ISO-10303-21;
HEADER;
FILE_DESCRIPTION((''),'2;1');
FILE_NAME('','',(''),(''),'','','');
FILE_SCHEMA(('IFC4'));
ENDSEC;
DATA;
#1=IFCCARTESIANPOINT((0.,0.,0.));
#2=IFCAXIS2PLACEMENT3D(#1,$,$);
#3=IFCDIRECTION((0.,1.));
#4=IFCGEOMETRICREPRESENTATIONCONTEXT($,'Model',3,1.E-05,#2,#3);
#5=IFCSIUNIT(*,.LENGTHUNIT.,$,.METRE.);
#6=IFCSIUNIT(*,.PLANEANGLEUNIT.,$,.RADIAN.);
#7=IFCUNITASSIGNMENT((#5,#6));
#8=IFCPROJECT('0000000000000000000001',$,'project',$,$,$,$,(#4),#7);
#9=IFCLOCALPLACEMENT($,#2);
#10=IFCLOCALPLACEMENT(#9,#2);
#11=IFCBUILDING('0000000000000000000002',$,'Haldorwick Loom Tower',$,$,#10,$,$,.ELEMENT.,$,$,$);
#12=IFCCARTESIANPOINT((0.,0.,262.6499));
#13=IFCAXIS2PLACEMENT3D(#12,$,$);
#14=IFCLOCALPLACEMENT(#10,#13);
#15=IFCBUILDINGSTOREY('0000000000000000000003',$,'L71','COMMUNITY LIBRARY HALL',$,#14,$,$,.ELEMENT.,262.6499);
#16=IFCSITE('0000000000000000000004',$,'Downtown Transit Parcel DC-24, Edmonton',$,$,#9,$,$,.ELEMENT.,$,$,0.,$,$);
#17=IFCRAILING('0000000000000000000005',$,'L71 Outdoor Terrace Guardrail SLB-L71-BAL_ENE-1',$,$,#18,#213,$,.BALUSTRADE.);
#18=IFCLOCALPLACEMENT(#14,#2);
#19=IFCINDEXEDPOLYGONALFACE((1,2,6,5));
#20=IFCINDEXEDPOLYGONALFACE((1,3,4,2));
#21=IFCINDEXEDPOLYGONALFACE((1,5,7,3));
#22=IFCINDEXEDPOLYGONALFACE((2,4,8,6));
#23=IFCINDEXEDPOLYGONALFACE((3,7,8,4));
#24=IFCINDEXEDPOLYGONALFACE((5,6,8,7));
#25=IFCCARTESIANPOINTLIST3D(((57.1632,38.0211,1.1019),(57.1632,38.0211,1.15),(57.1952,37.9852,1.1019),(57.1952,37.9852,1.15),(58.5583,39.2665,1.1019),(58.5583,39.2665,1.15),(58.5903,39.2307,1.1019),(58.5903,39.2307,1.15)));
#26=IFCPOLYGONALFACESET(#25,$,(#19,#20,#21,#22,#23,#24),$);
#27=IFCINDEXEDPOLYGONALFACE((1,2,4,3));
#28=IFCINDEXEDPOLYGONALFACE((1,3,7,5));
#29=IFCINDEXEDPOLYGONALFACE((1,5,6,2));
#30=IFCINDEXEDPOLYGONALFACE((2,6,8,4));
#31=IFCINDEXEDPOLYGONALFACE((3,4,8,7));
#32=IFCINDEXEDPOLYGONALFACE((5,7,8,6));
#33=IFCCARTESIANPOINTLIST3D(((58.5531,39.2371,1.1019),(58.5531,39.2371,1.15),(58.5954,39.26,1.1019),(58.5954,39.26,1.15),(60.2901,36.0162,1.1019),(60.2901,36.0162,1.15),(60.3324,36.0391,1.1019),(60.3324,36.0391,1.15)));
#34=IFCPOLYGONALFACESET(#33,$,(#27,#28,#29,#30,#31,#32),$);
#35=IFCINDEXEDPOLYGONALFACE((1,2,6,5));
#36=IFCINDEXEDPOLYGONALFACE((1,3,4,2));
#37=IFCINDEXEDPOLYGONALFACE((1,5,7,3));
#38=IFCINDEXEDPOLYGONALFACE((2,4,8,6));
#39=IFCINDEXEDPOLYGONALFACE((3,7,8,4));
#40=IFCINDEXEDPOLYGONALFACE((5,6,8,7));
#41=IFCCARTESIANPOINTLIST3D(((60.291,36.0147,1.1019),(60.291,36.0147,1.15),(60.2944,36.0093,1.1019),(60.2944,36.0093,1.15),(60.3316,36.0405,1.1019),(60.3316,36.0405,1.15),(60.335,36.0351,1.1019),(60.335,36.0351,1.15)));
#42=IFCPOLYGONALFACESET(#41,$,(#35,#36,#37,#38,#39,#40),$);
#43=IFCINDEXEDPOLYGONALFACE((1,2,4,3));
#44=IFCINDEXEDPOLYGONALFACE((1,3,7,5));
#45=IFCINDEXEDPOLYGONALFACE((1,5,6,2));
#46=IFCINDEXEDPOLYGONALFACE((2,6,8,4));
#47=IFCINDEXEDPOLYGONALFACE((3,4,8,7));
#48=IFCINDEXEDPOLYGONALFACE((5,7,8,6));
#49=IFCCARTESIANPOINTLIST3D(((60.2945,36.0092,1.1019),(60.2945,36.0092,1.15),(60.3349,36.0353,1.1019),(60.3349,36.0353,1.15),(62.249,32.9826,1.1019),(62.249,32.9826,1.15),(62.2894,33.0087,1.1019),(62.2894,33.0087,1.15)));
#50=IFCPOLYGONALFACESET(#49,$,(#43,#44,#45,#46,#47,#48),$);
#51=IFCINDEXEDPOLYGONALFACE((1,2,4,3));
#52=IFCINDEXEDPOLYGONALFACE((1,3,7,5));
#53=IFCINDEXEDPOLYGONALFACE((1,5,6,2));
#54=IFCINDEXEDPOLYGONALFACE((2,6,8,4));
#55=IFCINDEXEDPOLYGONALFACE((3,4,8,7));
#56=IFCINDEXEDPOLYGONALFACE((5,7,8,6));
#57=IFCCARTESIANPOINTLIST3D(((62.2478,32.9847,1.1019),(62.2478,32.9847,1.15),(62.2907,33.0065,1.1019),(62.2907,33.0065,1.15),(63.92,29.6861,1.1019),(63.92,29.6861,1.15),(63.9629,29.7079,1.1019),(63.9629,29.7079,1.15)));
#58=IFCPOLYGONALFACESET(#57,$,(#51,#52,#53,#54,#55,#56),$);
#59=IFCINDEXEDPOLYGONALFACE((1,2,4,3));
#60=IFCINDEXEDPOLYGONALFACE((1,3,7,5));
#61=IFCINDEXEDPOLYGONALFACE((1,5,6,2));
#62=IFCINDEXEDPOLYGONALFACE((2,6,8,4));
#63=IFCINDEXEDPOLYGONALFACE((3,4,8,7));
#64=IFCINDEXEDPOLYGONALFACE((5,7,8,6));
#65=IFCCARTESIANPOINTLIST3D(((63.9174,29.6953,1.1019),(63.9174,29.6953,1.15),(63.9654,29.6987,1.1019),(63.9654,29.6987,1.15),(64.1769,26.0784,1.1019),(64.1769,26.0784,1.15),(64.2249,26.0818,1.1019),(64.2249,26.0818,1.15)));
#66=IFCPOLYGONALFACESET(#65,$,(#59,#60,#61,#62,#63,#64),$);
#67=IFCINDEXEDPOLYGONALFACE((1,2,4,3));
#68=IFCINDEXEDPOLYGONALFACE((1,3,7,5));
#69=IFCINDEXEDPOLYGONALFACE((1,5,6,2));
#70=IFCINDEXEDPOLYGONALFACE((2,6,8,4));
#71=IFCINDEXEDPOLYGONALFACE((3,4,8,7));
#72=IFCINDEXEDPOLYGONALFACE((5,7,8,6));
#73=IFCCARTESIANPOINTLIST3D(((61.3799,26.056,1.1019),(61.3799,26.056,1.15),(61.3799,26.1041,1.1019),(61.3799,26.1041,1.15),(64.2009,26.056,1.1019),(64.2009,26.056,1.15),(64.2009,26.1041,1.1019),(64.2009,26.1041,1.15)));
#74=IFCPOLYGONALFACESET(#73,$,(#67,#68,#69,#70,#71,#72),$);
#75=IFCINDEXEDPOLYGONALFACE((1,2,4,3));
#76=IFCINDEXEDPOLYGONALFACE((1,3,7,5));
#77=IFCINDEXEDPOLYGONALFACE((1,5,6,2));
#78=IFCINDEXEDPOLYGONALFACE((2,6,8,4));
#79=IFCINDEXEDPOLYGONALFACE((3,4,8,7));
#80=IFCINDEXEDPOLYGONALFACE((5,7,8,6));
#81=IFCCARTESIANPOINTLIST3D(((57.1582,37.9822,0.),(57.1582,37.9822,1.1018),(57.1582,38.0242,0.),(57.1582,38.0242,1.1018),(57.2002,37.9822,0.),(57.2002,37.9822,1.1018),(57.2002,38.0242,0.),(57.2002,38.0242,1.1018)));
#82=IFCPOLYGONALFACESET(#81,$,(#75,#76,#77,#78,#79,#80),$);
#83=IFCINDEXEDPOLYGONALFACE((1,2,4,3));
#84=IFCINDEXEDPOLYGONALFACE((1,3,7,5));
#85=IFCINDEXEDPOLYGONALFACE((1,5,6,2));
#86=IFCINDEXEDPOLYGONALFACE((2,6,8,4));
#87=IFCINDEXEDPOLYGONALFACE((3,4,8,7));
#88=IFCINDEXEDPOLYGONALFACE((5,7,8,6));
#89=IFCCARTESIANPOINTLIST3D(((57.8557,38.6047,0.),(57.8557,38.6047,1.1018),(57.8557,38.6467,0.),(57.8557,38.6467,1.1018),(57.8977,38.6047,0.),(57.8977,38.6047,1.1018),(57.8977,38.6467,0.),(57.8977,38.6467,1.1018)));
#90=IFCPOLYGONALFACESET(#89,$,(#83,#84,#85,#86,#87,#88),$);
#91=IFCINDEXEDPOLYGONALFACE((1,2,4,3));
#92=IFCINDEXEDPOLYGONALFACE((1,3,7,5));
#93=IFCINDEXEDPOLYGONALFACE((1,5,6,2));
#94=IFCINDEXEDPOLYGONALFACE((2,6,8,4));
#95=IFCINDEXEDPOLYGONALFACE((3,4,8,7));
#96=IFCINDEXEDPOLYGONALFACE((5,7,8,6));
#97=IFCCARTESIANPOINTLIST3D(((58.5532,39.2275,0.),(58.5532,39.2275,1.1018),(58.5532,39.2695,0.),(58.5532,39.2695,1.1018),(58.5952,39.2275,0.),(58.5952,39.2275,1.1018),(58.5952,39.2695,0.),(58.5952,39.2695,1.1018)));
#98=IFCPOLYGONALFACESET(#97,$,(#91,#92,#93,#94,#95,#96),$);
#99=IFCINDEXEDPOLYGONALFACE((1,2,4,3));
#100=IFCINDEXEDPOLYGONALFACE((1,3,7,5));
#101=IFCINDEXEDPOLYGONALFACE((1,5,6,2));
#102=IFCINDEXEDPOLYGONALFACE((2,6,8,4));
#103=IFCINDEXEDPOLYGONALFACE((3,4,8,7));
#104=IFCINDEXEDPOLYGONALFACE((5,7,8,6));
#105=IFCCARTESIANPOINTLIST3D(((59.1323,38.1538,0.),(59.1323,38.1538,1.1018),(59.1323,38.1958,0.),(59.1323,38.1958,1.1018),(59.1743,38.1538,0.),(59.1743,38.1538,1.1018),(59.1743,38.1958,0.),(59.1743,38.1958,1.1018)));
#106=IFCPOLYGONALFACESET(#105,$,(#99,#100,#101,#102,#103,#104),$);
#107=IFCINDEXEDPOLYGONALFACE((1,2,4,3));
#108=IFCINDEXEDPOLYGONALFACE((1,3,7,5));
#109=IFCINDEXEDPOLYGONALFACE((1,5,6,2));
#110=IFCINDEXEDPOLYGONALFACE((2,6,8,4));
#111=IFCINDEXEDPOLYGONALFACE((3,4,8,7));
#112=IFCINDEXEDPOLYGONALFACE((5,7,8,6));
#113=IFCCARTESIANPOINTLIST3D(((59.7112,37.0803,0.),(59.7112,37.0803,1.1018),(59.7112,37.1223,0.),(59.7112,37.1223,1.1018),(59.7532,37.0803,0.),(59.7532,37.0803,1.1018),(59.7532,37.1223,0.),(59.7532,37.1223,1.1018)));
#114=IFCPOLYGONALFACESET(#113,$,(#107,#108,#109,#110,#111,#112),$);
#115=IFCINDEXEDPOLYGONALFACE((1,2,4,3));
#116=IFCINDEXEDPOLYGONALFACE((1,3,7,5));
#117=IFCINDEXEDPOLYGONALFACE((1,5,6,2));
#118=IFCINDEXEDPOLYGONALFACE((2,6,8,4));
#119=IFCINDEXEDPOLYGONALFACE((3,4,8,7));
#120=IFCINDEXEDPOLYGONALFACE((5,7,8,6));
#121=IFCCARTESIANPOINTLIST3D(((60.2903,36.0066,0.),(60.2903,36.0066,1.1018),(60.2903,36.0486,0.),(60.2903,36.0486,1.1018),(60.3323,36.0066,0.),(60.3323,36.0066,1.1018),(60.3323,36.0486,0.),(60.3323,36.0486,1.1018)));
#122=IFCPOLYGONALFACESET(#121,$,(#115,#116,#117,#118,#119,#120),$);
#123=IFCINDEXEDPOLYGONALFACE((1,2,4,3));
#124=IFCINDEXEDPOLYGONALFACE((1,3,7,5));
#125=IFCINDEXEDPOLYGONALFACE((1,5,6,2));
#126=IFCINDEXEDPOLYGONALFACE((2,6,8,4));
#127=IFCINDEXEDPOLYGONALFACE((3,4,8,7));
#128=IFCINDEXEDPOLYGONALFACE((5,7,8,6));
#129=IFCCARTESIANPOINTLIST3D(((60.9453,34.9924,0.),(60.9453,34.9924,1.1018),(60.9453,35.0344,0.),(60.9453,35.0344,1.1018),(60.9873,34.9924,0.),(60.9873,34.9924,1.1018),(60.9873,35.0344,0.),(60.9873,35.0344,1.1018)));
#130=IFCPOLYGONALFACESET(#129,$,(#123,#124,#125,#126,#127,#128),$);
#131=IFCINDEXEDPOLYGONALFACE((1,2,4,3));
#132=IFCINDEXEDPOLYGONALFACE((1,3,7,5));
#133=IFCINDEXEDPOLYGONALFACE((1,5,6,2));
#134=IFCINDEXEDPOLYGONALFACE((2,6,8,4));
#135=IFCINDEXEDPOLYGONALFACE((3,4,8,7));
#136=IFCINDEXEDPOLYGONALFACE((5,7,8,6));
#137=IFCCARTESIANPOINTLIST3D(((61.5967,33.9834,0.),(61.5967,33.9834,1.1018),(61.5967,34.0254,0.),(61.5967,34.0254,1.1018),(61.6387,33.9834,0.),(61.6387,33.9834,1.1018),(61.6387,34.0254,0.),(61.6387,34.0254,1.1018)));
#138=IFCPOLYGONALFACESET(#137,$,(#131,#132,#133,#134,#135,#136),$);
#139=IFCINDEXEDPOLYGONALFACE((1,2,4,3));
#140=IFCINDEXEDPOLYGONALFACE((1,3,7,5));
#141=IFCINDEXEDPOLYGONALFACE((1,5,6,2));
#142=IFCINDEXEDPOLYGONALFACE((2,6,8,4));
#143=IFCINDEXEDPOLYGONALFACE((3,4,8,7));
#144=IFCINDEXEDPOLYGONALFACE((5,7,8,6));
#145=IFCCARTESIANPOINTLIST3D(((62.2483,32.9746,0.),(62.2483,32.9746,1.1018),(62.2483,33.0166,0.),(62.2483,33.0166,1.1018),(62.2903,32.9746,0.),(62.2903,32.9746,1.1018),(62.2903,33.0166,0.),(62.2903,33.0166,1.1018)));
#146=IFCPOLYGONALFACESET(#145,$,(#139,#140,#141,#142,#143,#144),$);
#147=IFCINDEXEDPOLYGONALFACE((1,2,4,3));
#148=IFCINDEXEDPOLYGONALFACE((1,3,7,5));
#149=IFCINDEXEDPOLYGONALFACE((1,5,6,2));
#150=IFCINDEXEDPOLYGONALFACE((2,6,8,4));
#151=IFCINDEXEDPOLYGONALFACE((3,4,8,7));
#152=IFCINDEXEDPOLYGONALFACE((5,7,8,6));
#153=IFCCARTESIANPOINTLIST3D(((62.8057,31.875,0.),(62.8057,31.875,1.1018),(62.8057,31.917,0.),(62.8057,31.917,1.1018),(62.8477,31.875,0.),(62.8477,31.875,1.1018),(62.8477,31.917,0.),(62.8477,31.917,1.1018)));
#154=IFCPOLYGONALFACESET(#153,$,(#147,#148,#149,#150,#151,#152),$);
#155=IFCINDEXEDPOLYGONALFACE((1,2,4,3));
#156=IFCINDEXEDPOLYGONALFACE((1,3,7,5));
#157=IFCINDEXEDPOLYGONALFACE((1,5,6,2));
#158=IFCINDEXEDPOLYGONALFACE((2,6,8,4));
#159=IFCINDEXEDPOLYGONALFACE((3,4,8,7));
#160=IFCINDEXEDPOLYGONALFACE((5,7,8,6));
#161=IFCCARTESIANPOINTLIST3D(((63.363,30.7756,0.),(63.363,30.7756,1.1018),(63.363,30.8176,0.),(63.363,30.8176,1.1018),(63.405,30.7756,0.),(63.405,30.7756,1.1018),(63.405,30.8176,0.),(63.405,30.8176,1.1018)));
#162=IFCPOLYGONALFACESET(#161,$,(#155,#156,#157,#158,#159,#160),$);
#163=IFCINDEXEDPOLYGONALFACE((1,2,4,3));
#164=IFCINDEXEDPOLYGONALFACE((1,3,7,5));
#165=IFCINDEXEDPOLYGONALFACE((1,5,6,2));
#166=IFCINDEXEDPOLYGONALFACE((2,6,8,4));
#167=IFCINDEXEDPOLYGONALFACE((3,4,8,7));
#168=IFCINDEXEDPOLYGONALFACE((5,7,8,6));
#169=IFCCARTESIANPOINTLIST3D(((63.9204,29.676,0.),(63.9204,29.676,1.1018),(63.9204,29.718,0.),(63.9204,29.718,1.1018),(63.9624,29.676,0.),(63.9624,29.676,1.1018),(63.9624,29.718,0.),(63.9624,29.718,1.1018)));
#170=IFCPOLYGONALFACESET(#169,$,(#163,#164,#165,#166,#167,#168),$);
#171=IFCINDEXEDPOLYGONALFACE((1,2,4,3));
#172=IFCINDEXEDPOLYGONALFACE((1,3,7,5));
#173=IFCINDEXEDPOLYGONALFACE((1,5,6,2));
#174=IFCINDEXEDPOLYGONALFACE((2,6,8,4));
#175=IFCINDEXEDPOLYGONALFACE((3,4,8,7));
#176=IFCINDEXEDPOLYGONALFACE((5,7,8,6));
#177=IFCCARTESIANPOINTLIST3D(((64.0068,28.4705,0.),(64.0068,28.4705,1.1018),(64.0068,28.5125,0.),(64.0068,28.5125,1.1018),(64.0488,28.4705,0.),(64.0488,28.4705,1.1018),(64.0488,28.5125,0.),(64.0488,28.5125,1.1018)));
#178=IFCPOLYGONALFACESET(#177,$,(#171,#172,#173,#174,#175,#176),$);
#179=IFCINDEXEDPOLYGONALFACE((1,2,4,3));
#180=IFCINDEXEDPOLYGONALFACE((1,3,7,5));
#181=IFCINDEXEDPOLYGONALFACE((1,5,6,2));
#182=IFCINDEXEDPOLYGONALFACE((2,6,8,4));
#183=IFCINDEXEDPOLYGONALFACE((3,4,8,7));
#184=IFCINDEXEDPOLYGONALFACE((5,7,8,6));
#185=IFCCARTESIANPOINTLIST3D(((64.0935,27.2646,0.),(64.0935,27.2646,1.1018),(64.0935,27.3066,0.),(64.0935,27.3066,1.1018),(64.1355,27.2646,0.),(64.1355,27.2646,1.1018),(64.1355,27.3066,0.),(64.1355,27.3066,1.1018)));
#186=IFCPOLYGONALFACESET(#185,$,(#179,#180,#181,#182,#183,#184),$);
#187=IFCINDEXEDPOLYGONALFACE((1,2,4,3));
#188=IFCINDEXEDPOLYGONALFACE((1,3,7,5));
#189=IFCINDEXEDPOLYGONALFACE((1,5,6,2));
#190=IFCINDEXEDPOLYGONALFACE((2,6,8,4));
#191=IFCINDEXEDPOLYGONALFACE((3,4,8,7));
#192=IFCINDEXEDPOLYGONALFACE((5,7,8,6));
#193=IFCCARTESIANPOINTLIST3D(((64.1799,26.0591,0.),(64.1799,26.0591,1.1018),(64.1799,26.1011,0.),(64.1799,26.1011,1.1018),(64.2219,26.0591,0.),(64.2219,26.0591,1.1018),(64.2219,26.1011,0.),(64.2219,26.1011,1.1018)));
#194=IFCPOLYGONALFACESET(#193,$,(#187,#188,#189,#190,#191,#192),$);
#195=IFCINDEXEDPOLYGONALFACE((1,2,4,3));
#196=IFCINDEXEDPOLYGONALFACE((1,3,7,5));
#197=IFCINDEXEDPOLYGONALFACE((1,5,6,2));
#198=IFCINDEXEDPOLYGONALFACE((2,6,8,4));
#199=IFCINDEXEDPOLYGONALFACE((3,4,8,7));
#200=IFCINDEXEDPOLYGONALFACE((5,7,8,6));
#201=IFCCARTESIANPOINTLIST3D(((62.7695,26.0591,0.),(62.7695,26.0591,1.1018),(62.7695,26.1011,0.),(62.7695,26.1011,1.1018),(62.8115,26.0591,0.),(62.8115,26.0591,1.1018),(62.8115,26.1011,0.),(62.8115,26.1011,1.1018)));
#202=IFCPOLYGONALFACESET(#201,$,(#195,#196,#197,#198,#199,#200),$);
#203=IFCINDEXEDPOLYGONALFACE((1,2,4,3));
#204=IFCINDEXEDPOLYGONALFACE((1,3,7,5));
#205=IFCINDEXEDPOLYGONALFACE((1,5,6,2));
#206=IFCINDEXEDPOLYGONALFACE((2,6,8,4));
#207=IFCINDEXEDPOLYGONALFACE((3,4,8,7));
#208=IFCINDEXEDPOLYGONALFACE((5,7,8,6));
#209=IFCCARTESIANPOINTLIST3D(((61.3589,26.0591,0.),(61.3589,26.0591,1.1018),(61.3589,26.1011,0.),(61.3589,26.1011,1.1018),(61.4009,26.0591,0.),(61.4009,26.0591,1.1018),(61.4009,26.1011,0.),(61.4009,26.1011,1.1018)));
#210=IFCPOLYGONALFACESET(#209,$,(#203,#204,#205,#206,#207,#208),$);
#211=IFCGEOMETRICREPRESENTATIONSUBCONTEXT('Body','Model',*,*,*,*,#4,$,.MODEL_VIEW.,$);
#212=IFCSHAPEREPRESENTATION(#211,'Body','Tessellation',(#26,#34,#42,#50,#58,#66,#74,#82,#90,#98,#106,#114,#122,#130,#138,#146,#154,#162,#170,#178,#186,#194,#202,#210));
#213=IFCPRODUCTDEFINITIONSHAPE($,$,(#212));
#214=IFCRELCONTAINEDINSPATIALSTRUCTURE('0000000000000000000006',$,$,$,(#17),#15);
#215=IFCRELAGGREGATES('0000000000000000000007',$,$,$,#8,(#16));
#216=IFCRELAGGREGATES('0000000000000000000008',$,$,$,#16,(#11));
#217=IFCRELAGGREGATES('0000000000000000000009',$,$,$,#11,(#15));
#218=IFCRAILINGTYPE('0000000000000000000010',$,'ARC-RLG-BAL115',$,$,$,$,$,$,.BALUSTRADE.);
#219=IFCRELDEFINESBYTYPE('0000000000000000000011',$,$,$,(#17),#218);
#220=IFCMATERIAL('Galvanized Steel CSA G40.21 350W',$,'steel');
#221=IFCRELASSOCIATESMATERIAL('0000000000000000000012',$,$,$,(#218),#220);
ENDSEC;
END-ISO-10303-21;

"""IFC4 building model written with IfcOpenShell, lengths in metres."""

from ifc_helpers import new_model, si_unit, direction, frame, origin, origin_2d, place, context, subcontext, project, spatial, rectangle, extrude, material, type_object, element, save


model = new_model("IFC4")

# Units and contexts
model_context = context("Model", 3, precision=1e-05, world=origin(), true_north=direction((0.0, 1.0)))
body_context = subcontext(model_context, "Body", "Model", "MODEL_VIEW")
ifc_project = project(units=[si_unit("LENGTHUNIT", "METRE"), si_unit("PLANEANGLEUNIT", "RADIAN")], contexts=[model_context])

# Site, building, storey
site_placement = place(None, origin())
site = spatial("IfcSite", under=ifc_project, at=site_placement, Name="Downtown Transit Parcel DC-24, Edmonton", CompositionType="ELEMENT", RefElevation=0.0)
building_placement = place(site_placement, origin())
building = spatial("IfcBuilding", under=site, at=building_placement, Name="Haldorwick Loom Tower", CompositionType="ELEMENT")
storey_placement = place(building_placement, frame((0.0, 0.0, 262.6499)))
storey = spatial("IfcBuildingStorey", under=building, at=storey_placement, Name="L71", Description="COMMUNITY LIBRARY HALL", CompositionType="ELEMENT", Elevation=262.6499)

# Railing
ifc_material_1 = material(Name="Galvanized Steel CSA G40.21 350W", Category="steel")
railing_type_1 = type_object("IfcRailingType", Name="ARC-RLG-BAL115", PredefinedType="BALUSTRADE", material=ifc_material_1)
railing_1_placement = place(storey_placement, frame((57.1792, 38.0032, 0.0)))
element("IfcRailing", 1, at=railing_1_placement, inside=storey, type_object=railing_type_1, Name="L71 Outdoor Terrace Guardrail SLB-L71-BAL_ENE-1", PredefinedType="BALUSTRADE", context=body_context, shape_type="SweptSolid", body=[
    extrude(rectangle(XDim=0.0481, YDim=0.0481, at=origin_2d()), frame((0.0, 0.0, 1.126), z_axis=(0.745989, 0.665959, 0.0), x_axis=(-0.665959, 0.745989, 0.0)), (0.0, 0.0, 1.0), 1.8701),
    extrude(rectangle(XDim=0.0481, YDim=0.0481, at=origin_2d()), frame((1.395, 1.2454, 1.126), z_axis=(0.474673, -0.880162, 0.0), x_axis=(0.880162, 0.474673, 0.0)), (0.0, 0.0, 1.0), 3.6594),
    extrude(rectangle(XDim=0.0481, YDim=0.0481, at=origin_2d()), frame((3.1321, -1.9756, 1.126), z_axis=(0.536875, -0.843661, 0.0), x_axis=(0.843661, 0.536875, 0.0)), (0.0, 0.0, 1.0), 0.0063),
    extrude(rectangle(XDim=0.0481, YDim=0.0481, at=origin_2d()), frame((3.1355, -1.981, 1.126), z_axis=(0.542507, -0.840052, 0.0), x_axis=(0.840052, 0.542507, 0.0)), (0.0, 0.0, 1.0), 3.6028),
    extrude(rectangle(XDim=0.0481, YDim=0.0481, at=origin_2d()), frame((5.0901, -5.0076, 1.126), z_axis=(0.452145, -0.891945, 0.0), x_axis=(0.891945, 0.452145, 0.0)), (0.0, 0.0, 1.0), 3.6982),
    extrude(rectangle(XDim=0.0481, YDim=0.0481, at=origin_2d()), frame((6.7622, -8.3062, 1.126), z_axis=(0.071568, -0.997436, 0.0), x_axis=(0.997436, 0.071568, 0.0)), (0.0, 0.0, 1.0), 3.6262),
    extrude(rectangle(XDim=0.0481, YDim=0.0481, at=origin_2d()), frame((7.0217, -11.9231, 1.126), z_axis=(-1.0, 0.0, 0.0), x_axis=(0.0, -1.0, 0.0)), (0.0, 0.0, 1.0), 2.821),
    extrude(rectangle(XDim=0.042, YDim=0.042, at=origin_2d()), origin(), (0.0, 0.0, 1.0), 1.1018),
    extrude(rectangle(XDim=0.042, YDim=0.042, at=origin_2d()), frame((0.6975, 0.6226, 0.0)), (0.0, 0.0, 1.0), 1.1018),
    extrude(rectangle(XDim=0.042, YDim=0.042, at=origin_2d()), frame((1.395, 1.2454, 0.0)), (0.0, 0.0, 1.0), 1.1018),
    extrude(rectangle(XDim=0.042, YDim=0.042, at=origin_2d()), frame((1.9741, 0.1716, 0.0)), (0.0, 0.0, 1.0), 1.1018),
    extrude(rectangle(XDim=0.042, YDim=0.042, at=origin_2d()), frame((2.553, -0.9019, 0.0)), (0.0, 0.0, 1.0), 1.1018),
    extrude(rectangle(XDim=0.042, YDim=0.042, at=origin_2d()), frame((3.1321, -1.9756, 0.0)), (0.0, 0.0, 1.0), 1.1018),
    extrude(rectangle(XDim=0.042, YDim=0.042, at=origin_2d()), frame((3.7871, -2.9897, 0.0)), (0.0, 0.0, 1.0), 1.1018),
    extrude(rectangle(XDim=0.042, YDim=0.042, at=origin_2d()), frame((4.4385, -3.9988, 0.0)), (0.0, 0.0, 1.0), 1.1018),
    extrude(rectangle(XDim=0.042, YDim=0.042, at=origin_2d()), frame((5.0901, -5.0076, 0.0)), (0.0, 0.0, 1.0), 1.1018),
    extrude(rectangle(XDim=0.042, YDim=0.042, at=origin_2d()), frame((5.6475, -6.1072, 0.0)), (0.0, 0.0, 1.0), 1.1018),
    extrude(rectangle(XDim=0.042, YDim=0.042, at=origin_2d()), frame((6.2048, -7.2065, 0.0)), (0.0, 0.0, 1.0), 1.1018),
    extrude(rectangle(XDim=0.042, YDim=0.042, at=origin_2d()), frame((6.7622, -8.3062, 0.0)), (0.0, 0.0, 1.0), 1.1018),
    extrude(rectangle(XDim=0.042, YDim=0.042, at=origin_2d()), frame((6.8486, -9.5117, 0.0)), (0.0, 0.0, 1.0), 1.1018),
    extrude(rectangle(XDim=0.042, YDim=0.042, at=origin_2d()), frame((6.9353, -10.7175, 0.0)), (0.0, 0.0, 1.0), 1.1018),
    extrude(rectangle(XDim=0.042, YDim=0.042, at=origin_2d()), frame((7.0217, -11.9231, 0.0)), (0.0, 0.0, 1.0), 1.1018),
    extrude(rectangle(XDim=0.042, YDim=0.042, at=origin_2d()), frame((5.6113, -11.9231, 0.0)), (0.0, 0.0, 1.0), 1.1018),
    extrude(rectangle(XDim=0.042, YDim=0.042, at=origin_2d()), frame((4.2007, -11.9231, 0.0)), (0.0, 0.0, 1.0), 1.1018),
])

save(model, "model.ifc")
